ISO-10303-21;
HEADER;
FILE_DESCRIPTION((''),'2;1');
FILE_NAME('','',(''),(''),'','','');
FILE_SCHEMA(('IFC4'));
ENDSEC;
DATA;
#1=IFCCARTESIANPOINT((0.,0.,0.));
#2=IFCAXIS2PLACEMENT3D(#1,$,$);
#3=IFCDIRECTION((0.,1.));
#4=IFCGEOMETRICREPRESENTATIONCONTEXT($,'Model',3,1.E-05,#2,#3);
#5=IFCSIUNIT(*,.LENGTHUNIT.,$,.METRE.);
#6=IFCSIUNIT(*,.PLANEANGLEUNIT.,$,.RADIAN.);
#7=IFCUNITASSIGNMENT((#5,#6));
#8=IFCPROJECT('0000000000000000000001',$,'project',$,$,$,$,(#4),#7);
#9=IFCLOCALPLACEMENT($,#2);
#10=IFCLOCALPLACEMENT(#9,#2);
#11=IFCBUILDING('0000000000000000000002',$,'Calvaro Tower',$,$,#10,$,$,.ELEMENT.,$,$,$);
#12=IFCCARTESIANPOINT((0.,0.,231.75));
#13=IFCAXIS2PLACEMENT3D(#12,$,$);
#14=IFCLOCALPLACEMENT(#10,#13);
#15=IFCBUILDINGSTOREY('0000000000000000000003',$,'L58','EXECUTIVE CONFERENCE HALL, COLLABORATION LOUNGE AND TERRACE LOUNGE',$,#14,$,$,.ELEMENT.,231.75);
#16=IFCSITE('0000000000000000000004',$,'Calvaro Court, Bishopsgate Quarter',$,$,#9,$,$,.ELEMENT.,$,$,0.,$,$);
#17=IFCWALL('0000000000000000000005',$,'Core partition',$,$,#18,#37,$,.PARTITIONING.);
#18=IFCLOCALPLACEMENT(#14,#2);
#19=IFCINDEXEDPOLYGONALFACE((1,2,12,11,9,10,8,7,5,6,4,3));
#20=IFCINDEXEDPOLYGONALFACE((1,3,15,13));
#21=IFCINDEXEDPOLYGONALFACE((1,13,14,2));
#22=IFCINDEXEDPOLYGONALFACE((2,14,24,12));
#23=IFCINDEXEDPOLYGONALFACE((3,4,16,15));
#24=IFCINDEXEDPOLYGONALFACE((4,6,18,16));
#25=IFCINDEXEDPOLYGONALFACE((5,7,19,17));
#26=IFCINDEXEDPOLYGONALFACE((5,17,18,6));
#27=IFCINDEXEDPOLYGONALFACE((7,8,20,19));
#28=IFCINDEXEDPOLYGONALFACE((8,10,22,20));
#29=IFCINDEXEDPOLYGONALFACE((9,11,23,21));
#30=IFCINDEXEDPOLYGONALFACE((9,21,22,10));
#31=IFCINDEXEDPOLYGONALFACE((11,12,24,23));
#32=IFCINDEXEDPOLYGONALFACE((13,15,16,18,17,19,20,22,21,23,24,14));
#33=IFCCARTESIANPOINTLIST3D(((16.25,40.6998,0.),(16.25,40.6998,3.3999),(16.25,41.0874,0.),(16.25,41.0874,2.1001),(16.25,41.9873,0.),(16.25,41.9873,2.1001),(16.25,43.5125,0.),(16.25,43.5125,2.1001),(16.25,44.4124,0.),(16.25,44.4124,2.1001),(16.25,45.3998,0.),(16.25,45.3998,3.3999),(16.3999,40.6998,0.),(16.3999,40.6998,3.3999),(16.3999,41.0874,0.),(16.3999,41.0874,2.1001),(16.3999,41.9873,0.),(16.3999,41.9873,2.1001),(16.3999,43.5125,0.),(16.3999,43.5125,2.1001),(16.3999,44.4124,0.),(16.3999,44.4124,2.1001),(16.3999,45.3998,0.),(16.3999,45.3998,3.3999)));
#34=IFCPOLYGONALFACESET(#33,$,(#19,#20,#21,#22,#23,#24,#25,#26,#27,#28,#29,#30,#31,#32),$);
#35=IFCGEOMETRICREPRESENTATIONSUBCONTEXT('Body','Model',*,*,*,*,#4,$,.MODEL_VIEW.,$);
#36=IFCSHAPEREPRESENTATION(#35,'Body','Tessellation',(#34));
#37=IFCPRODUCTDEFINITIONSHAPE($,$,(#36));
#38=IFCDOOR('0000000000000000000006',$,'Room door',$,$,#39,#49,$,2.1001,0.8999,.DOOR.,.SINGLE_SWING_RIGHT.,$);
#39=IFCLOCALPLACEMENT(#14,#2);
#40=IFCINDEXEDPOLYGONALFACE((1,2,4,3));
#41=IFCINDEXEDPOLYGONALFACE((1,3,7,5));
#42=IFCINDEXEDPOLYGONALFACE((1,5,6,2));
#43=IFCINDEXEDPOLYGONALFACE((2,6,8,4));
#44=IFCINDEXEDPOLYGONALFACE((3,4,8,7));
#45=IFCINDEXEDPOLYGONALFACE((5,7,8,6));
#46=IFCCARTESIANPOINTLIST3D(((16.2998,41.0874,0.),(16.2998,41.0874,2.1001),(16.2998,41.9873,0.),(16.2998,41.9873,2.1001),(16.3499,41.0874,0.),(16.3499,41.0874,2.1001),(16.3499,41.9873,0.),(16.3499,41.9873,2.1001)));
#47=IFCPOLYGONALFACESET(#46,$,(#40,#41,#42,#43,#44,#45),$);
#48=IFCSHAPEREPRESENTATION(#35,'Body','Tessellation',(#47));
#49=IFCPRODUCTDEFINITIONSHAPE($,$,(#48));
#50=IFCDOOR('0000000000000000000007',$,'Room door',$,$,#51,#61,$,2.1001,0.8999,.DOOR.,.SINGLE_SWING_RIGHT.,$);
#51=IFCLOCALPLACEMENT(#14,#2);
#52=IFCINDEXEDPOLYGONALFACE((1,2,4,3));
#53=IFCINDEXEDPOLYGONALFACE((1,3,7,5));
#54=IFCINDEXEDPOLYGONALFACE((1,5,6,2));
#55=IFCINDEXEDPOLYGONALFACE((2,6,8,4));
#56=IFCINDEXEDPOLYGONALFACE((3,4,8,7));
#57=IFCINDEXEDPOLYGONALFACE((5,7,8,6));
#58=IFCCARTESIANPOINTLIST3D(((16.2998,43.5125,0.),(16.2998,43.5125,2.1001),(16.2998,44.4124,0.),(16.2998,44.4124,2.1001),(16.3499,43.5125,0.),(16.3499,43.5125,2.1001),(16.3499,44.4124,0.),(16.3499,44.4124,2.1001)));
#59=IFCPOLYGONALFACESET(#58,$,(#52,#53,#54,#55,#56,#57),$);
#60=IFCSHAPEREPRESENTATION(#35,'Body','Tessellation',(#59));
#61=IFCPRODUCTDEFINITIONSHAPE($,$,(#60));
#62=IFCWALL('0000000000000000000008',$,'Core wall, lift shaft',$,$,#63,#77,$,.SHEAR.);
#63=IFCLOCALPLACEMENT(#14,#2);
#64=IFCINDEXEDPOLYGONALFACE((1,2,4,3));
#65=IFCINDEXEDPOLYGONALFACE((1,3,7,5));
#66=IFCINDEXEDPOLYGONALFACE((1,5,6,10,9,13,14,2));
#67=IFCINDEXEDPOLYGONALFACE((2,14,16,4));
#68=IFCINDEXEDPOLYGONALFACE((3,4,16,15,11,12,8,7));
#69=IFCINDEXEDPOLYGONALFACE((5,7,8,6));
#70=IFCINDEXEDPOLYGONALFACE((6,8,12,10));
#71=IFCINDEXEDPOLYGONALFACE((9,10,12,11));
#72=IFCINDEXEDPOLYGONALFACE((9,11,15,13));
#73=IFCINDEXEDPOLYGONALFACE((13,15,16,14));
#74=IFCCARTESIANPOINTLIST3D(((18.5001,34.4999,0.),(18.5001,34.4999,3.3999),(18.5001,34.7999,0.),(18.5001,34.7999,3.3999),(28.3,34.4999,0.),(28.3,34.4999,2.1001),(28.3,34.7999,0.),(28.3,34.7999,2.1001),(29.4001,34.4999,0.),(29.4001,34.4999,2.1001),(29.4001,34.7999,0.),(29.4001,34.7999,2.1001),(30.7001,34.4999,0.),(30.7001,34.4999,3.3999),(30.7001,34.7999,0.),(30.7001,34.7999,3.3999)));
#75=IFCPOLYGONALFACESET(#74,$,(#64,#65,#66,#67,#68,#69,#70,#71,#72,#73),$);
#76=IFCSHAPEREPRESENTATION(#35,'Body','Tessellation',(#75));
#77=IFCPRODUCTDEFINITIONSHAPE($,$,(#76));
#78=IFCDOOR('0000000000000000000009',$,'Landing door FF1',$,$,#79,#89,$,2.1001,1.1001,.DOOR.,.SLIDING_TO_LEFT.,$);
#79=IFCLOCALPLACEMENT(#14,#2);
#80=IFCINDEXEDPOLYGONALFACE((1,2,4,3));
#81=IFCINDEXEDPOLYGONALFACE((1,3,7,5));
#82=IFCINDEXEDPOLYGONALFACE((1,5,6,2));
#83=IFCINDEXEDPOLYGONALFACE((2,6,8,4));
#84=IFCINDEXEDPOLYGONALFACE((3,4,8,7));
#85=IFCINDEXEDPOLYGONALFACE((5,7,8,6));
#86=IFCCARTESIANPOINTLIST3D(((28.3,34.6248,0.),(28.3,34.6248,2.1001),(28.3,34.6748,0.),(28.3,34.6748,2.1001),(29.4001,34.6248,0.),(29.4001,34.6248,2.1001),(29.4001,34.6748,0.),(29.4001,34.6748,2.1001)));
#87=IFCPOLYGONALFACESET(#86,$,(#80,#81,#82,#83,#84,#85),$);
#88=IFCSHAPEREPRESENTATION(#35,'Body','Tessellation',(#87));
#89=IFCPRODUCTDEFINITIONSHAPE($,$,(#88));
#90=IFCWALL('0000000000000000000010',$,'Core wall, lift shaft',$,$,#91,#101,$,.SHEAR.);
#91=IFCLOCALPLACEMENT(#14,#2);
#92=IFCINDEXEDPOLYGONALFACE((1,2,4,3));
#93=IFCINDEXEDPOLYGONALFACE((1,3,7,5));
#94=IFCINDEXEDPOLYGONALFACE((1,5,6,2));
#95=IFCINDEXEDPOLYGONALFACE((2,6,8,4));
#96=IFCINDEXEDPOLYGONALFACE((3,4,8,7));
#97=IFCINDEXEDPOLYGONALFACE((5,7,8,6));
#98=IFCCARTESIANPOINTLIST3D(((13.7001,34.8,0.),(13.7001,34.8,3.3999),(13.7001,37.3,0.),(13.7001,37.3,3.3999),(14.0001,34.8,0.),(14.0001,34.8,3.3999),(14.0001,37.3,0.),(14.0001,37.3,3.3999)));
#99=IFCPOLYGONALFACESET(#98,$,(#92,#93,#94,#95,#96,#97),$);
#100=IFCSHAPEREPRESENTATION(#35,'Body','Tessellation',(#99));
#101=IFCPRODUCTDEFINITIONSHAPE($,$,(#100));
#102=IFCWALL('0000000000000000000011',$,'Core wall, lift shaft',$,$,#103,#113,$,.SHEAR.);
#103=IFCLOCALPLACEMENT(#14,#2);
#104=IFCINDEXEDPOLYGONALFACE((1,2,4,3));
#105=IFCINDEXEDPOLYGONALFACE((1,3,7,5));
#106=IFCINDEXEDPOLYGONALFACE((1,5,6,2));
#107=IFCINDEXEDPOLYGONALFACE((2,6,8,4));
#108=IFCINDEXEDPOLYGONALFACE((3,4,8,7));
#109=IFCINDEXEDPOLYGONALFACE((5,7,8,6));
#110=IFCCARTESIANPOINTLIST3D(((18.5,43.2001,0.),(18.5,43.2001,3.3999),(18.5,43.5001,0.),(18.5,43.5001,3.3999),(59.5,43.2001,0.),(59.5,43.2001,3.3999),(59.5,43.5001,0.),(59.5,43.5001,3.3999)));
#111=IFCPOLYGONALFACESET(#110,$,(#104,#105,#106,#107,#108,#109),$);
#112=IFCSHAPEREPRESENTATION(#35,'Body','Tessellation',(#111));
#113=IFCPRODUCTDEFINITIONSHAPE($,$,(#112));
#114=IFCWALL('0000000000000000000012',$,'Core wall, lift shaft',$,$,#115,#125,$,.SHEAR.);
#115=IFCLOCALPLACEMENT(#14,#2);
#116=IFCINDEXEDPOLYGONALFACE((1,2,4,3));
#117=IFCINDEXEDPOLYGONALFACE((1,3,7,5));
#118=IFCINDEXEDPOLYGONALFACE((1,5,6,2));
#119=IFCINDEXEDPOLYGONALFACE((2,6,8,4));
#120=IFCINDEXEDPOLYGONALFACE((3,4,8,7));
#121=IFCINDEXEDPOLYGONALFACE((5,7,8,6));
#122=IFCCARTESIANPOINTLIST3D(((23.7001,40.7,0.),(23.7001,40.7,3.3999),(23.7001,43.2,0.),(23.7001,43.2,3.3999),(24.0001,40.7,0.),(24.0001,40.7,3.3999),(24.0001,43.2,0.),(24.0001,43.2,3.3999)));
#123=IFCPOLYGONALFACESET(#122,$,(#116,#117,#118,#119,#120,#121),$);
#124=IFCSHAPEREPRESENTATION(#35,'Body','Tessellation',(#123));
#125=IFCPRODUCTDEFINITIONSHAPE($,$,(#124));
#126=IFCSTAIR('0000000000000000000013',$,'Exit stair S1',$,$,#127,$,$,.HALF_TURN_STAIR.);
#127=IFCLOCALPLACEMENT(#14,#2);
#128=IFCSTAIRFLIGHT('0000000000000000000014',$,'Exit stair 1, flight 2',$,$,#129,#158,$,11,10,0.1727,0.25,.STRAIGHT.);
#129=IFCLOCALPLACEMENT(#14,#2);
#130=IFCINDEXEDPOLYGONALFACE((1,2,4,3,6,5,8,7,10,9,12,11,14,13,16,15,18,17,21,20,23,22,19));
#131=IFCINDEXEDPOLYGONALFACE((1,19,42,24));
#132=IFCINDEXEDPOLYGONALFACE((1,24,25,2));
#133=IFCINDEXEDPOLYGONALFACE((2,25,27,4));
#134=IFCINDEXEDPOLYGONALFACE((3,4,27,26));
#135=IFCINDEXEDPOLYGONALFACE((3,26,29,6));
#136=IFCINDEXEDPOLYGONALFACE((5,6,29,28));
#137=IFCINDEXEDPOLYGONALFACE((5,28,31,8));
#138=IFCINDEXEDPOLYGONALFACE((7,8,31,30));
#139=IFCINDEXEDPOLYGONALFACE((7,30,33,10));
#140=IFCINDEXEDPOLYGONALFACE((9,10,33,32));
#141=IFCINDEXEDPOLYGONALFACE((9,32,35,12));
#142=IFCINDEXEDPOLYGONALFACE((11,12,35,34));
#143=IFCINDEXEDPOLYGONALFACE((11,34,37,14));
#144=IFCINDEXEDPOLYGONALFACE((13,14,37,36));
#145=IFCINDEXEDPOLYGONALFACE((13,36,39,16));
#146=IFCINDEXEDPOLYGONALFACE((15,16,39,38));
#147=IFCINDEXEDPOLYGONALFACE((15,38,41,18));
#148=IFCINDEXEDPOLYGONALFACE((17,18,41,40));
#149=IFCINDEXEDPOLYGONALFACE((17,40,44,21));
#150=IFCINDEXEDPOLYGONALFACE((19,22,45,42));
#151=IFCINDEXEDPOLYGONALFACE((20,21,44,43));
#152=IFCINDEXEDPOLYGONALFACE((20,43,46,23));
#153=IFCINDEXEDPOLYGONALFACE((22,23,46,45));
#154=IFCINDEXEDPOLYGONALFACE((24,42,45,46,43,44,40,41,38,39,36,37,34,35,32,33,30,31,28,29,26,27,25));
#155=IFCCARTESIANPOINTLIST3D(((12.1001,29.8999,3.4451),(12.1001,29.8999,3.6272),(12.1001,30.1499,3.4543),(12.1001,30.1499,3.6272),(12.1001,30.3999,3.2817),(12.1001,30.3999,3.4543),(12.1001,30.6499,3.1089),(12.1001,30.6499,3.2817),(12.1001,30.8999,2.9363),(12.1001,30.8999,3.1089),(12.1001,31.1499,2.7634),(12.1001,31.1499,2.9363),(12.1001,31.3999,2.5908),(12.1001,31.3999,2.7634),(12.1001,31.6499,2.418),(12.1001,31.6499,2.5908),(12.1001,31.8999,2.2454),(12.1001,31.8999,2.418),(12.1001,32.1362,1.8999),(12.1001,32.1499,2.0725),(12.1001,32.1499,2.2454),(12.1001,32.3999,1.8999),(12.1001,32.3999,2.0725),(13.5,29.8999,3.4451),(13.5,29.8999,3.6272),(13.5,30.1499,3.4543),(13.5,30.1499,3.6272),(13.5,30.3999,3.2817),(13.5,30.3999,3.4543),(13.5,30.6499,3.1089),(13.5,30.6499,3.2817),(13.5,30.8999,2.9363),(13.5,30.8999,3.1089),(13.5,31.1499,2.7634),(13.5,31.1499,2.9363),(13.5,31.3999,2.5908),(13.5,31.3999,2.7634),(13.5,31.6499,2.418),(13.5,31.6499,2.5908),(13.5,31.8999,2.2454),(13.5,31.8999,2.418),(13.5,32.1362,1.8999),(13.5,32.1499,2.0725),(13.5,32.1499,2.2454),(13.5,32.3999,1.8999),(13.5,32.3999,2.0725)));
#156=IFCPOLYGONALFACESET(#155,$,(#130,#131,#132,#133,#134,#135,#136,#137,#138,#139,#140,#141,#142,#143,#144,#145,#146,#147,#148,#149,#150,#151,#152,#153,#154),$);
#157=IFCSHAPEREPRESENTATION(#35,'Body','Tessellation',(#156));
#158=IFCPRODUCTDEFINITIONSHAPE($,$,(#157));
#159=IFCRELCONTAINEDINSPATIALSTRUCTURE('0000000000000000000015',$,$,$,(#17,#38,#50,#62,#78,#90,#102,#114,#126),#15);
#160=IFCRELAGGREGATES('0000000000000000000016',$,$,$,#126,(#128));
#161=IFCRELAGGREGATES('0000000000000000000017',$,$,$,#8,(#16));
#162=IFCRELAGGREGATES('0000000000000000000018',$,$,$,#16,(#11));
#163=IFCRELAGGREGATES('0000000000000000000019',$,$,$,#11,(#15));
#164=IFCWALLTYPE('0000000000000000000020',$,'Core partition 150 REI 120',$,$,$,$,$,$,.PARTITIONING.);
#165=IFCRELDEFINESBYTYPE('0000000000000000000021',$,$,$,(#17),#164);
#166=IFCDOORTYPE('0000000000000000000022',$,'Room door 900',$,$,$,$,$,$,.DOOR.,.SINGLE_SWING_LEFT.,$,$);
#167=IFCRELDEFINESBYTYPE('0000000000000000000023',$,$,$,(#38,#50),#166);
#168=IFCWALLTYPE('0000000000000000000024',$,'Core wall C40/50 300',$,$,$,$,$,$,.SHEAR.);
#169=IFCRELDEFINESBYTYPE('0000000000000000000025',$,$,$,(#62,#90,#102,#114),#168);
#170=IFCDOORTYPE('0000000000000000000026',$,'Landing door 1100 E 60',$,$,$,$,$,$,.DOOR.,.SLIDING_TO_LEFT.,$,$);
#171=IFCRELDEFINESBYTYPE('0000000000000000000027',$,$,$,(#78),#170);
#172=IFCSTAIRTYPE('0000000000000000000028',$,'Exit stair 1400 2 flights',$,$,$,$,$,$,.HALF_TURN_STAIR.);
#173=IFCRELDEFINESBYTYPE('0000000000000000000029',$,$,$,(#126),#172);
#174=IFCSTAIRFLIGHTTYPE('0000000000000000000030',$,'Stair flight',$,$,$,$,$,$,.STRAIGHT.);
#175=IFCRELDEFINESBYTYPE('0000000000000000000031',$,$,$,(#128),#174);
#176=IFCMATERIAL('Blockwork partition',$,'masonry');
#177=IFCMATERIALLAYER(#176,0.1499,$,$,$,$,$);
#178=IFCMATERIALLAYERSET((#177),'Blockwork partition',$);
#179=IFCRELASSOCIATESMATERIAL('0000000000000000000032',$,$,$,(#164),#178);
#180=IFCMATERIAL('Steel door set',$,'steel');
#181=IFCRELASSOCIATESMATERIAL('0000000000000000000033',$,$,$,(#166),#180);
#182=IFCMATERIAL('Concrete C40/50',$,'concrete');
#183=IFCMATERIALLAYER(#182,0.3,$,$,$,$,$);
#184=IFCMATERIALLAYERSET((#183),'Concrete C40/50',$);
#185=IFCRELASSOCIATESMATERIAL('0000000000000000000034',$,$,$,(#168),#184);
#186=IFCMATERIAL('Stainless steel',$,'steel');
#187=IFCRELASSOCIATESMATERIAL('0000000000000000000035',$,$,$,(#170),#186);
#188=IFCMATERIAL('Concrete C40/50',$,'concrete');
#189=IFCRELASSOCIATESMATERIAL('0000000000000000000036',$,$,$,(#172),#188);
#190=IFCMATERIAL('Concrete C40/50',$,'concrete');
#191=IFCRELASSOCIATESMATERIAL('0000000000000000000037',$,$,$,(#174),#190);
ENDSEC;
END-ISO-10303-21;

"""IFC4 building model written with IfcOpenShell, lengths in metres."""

from ifc_helpers import new_model, si_unit, direction, frame, frame_2d, origin, place, context, subcontext, project, spatial, polyline, rectangle, outline, extrude, material, layer, layer_set, type_object, element, fill, aggregate, save


model = new_model("IFC4")

# Units and contexts
model_context = context("Model", 3, precision=1e-05, world=origin(), true_north=direction((0.0, 1.0)))
body_context = subcontext(model_context, "Body", "Model", "MODEL_VIEW")
ifc_project = project(units=[si_unit("LENGTHUNIT", "METRE"), si_unit("PLANEANGLEUNIT", "RADIAN")], contexts=[model_context])

# Site, building, storey
site_placement = place(None, origin())
site = spatial("IfcSite", under=ifc_project, at=site_placement, Name="Calvaro Court, Bishopsgate Quarter", CompositionType="ELEMENT", RefElevation=0.0)
building_placement = place(site_placement, origin())
building = spatial("IfcBuilding", under=site, at=building_placement, Name="Calvaro Tower", CompositionType="ELEMENT")
storey_placement = place(building_placement, frame((0.0, 0.0, 231.75)))
storey = spatial("IfcBuildingStorey", under=building, at=storey_placement, Name="L58", Description="EXECUTIVE CONFERENCE HALL, COLLABORATION LOUNGE AND TERRACE LOUNGE", CompositionType="ELEMENT", Elevation=231.75)

# Wall, openings, doors
ifc_material_1 = material(Name="Blockwork partition", Category="masonry")
ifc_layer_1 = layer(ifc_material_1, 0.1499)
ifc_layer_set_1 = layer_set([ifc_layer_1], Name="Blockwork partition")
wall_type_1 = type_object("IfcWallType", Name="Core partition 150 REI 120", PredefinedType="PARTITIONING", material=ifc_layer_set_1)
wall_1_placement = place(storey_placement, frame((16.325, 45.3999, 0.0), z_axis=(0.0, 0.0, 1.0), x_axis=(0.0, -1.0, 0.0)))
wall_1 = element("IfcWall", 1, at=wall_1_placement, inside=storey, type_object=wall_type_1, Name="Core partition", PredefinedType="PARTITIONING", context=body_context, shape_type="SweptSolid", body=[
    extrude(rectangle(XDim=4.7, YDim=0.1499, at=frame_2d((2.3501, 0.0))), origin(), (0.0, 0.0, 1.0), 3.3999),
])
opening_1_placement = place(wall_1_placement, frame((3.4126, 0.0, 0.0)))
opening_1 = element("IfcOpeningElement", 2, at=opening_1_placement, cuts=wall_1, PredefinedType="OPENING", context=body_context, shape_type="SweptSolid", body=[
    extrude(rectangle(XDim=0.8999, YDim=2.1001, at=frame_2d((0.45, 1.05))), frame((0.0, 0.085, 0.0), z_axis=(0.0, -1.0, 0.0), x_axis=(1.0, 0.0, 0.0)), (0.0, 0.0, 1.0), 0.1699),
])
opening_2_placement = place(wall_1_placement, frame((0.9875, 0.0, 0.0)))
opening_2 = element("IfcOpeningElement", 3, at=opening_2_placement, cuts=wall_1, PredefinedType="OPENING", context=body_context, shape_type="SweptSolid", body=[
    extrude(rectangle(XDim=0.8999, YDim=2.1001, at=frame_2d((0.45, 1.05))), frame((0.0, 0.085, 0.0), z_axis=(0.0, -1.0, 0.0), x_axis=(1.0, 0.0, 0.0)), (0.0, 0.0, 1.0), 0.1699),
])
ifc_material_2 = material(Name="Steel door set", Category="steel")
door_type_1 = type_object("IfcDoorType", Name="Room door 900", OperationType="SINGLE_SWING_LEFT", PredefinedType="DOOR", material=ifc_material_2)
door_1_placement = place(opening_1_placement, origin())
door_1 = element("IfcDoor", 4, at=door_1_placement, inside=storey, type_object=door_type_1, Name="Room door", OperationType="SINGLE_SWING_RIGHT", OverallHeight=2.1001, OverallWidth=0.8999, PredefinedType="DOOR", context=body_context, shape_type="SweptSolid", body=[
    extrude(rectangle(XDim=0.8999, YDim=2.1001, at=frame_2d((0.45, 1.05))), frame((0.0, 0.0249, 0.0), z_axis=(0.0, -1.0, 0.0), x_axis=(1.0, 0.0, 0.0)), (0.0, 0.0, 1.0), 0.05),
])
fill(opening_1, door_1)
door_2_placement = place(opening_2_placement, origin())
door_2 = element("IfcDoor", 5, at=door_2_placement, inside=storey, type_object=door_type_1, Name="Room door", OperationType="SINGLE_SWING_RIGHT", OverallHeight=2.1001, OverallWidth=0.8999, PredefinedType="DOOR", context=body_context, shape_type="SweptSolid", body=[
    extrude(rectangle(XDim=0.8999, YDim=2.1001, at=frame_2d((0.45, 1.05))), frame((0.0, 0.0249, 0.0), z_axis=(0.0, -1.0, 0.0), x_axis=(1.0, 0.0, 0.0)), (0.0, 0.0, 1.0), 0.05),
])
fill(opening_2, door_2)

# Wall, opening, door
ifc_material_3 = material(Name="Concrete C40/50", Category="concrete")
ifc_layer_2 = layer(ifc_material_3, 0.3)
ifc_layer_set_2 = layer_set([ifc_layer_2], Name="Concrete C40/50")
wall_type_2 = type_object("IfcWallType", Name="Core wall C40/50 300", PredefinedType="SHEAR", material=ifc_layer_set_2)
wall_2_placement = place(storey_placement, frame((18.5, 34.6499, 0.0), z_axis=(0.0, 0.0, 1.0), x_axis=(1.0, 0.0, 0.0)))
wall_2 = element("IfcWall", 6, at=wall_2_placement, inside=storey, type_object=wall_type_2, Name="Core wall, lift shaft", PredefinedType="SHEAR", context=body_context, shape_type="SweptSolid", body=[
    extrude(rectangle(XDim=12.2, YDim=0.3, at=frame_2d((6.1001, 0.0))), origin(), (0.0, 0.0, 1.0), 3.3999),
])
opening_3_placement = place(wall_2_placement, frame((9.8, 0.0, 0.0)))
opening_3 = element("IfcOpeningElement", 7, at=opening_3_placement, cuts=wall_2, PredefinedType="OPENING", context=body_context, shape_type="SweptSolid", body=[
    extrude(rectangle(XDim=1.1001, YDim=2.1001, at=frame_2d((0.55, 1.05))), frame((0.0, 0.1599, 0.0), z_axis=(0.0, -1.0, 0.0), x_axis=(1.0, 0.0, 0.0)), (0.0, 0.0, 1.0), 0.3201),
])
ifc_material_4 = material(Name="Stainless steel", Category="steel")
door_type_2 = type_object("IfcDoorType", Name="Landing door 1100 E 60", OperationType="SLIDING_TO_LEFT", PredefinedType="DOOR", material=ifc_material_4)
door_3_placement = place(opening_3_placement, origin())
door_3 = element("IfcDoor", 8, at=door_3_placement, inside=storey, type_object=door_type_2, Name="Landing door FF1", OperationType="SLIDING_TO_LEFT", OverallHeight=2.1001, OverallWidth=1.1001, PredefinedType="DOOR", context=body_context, shape_type="SweptSolid", body=[
    extrude(rectangle(XDim=1.1001, YDim=2.1001, at=frame_2d((0.55, 1.05))), frame((0.0, 0.0249, 0.0), z_axis=(0.0, -1.0, 0.0), x_axis=(1.0, 0.0, 0.0)), (0.0, 0.0, 1.0), 0.05),
])
fill(opening_3, door_3)

# Wall
wall_3_placement = place(storey_placement, frame((13.8501, 34.8, 0.0), z_axis=(0.0, 0.0, 1.0), x_axis=(0.0, 1.0, 0.0)))
element("IfcWall", 9, at=wall_3_placement, inside=storey, type_object=wall_type_2, Name="Core wall, lift shaft", PredefinedType="SHEAR", context=body_context, shape_type="SweptSolid", body=[
    extrude(rectangle(XDim=2.5, YDim=0.3, at=frame_2d((1.25, 0.0))), origin(), (0.0, 0.0, 1.0), 3.3999),
])

# Walls
wall_4_placement = place(storey_placement, frame((18.5, 43.3501, 0.0), z_axis=(0.0, 0.0, 1.0), x_axis=(1.0, 0.0, 0.0)))
element("IfcWall", 10, at=wall_4_placement, inside=storey, type_object=wall_type_2, Name="Core wall, lift shaft", PredefinedType="SHEAR", context=body_context, shape_type="SweptSolid", body=[
    extrude(rectangle(XDim=41.0, YDim=0.3, at=frame_2d((20.5, 0.0))), origin(), (0.0, 0.0, 1.0), 3.3999),
])
wall_5_placement = place(storey_placement, frame((23.8501, 40.7, 0.0), z_axis=(0.0, 0.0, 1.0), x_axis=(0.0, 1.0, 0.0)))
element("IfcWall", 11, at=wall_5_placement, inside=storey, type_object=wall_type_2, Name="Core wall, lift shaft", PredefinedType="SHEAR", context=body_context, shape_type="SweptSolid", body=[
    extrude(rectangle(XDim=2.5, YDim=0.3, at=frame_2d((1.25, 0.0))), origin(), (0.0, 0.0, 1.0), 3.3999),
])

# Stair, stair flight
ifc_material_5 = material(Name="Concrete C40/50", Category="concrete")
stair_type = type_object("IfcStairType", Name="Exit stair 1400 2 flights", PredefinedType="HALF_TURN_STAIR", material=ifc_material_5)
stair_1_placement = place(storey_placement, origin())
stair_1 = element("IfcStair", 12, at=stair_1_placement, inside=storey, type_object=stair_type, Name="Exit stair S1", PredefinedType="HALF_TURN_STAIR")
ifc_material_6 = material(Name="Concrete C40/50", Category="concrete")
stair_flight_type = type_object("IfcStairFlightType", Name="Stair flight", PredefinedType="STRAIGHT", material=ifc_material_6)
stair_flight_1_placement = place(storey_placement, frame((12.8, 32.3999, 1.8999), z_axis=(0.0, 0.0, 1.0), x_axis=(0.0, -1.0, 0.0)))
stair_flight_1 = element("IfcStairFlight", 13, at=stair_flight_1_placement, type_object=stair_flight_type, Name="Exit stair 1, flight 2", NumberOfRisers=11, NumberOfTreads=10, PredefinedType="STRAIGHT", RiserHeight=0.1727, TreadLength=0.25, context=body_context, shape_type="SweptSolid", body=[
    extrude(outline(polyline([(0.0, 0.0), (0.0, 0.1726), (0.25, 0.1726), (0.25, 0.3455), (0.5, 0.3455), (0.5, 0.5181), (0.75, 0.5181), (0.75, 0.6909), (1.0, 0.6909), (1.0, 0.8635), (1.25, 0.8635), (1.25, 1.0364), (1.5, 1.0364), (1.5, 1.209), (1.75, 1.209), (1.75, 1.3818), (2.0, 1.3818), (2.0, 1.5544), (2.25, 1.5544), (2.25, 1.7273), (2.5, 1.7273), (2.5, 1.8999), (2.5, 1.5452), (0.2637, 0.0), (0.0, 0.0)])), frame((0.0, 0.7, 0.0), z_axis=(0.0, -1.0, 0.0), x_axis=(1.0, 0.0, 0.0)), (0.0, 0.0, 1.0), 1.3999),
])

aggregate(stair_1, [stair_flight_1])

save(model, "model.ifc")
